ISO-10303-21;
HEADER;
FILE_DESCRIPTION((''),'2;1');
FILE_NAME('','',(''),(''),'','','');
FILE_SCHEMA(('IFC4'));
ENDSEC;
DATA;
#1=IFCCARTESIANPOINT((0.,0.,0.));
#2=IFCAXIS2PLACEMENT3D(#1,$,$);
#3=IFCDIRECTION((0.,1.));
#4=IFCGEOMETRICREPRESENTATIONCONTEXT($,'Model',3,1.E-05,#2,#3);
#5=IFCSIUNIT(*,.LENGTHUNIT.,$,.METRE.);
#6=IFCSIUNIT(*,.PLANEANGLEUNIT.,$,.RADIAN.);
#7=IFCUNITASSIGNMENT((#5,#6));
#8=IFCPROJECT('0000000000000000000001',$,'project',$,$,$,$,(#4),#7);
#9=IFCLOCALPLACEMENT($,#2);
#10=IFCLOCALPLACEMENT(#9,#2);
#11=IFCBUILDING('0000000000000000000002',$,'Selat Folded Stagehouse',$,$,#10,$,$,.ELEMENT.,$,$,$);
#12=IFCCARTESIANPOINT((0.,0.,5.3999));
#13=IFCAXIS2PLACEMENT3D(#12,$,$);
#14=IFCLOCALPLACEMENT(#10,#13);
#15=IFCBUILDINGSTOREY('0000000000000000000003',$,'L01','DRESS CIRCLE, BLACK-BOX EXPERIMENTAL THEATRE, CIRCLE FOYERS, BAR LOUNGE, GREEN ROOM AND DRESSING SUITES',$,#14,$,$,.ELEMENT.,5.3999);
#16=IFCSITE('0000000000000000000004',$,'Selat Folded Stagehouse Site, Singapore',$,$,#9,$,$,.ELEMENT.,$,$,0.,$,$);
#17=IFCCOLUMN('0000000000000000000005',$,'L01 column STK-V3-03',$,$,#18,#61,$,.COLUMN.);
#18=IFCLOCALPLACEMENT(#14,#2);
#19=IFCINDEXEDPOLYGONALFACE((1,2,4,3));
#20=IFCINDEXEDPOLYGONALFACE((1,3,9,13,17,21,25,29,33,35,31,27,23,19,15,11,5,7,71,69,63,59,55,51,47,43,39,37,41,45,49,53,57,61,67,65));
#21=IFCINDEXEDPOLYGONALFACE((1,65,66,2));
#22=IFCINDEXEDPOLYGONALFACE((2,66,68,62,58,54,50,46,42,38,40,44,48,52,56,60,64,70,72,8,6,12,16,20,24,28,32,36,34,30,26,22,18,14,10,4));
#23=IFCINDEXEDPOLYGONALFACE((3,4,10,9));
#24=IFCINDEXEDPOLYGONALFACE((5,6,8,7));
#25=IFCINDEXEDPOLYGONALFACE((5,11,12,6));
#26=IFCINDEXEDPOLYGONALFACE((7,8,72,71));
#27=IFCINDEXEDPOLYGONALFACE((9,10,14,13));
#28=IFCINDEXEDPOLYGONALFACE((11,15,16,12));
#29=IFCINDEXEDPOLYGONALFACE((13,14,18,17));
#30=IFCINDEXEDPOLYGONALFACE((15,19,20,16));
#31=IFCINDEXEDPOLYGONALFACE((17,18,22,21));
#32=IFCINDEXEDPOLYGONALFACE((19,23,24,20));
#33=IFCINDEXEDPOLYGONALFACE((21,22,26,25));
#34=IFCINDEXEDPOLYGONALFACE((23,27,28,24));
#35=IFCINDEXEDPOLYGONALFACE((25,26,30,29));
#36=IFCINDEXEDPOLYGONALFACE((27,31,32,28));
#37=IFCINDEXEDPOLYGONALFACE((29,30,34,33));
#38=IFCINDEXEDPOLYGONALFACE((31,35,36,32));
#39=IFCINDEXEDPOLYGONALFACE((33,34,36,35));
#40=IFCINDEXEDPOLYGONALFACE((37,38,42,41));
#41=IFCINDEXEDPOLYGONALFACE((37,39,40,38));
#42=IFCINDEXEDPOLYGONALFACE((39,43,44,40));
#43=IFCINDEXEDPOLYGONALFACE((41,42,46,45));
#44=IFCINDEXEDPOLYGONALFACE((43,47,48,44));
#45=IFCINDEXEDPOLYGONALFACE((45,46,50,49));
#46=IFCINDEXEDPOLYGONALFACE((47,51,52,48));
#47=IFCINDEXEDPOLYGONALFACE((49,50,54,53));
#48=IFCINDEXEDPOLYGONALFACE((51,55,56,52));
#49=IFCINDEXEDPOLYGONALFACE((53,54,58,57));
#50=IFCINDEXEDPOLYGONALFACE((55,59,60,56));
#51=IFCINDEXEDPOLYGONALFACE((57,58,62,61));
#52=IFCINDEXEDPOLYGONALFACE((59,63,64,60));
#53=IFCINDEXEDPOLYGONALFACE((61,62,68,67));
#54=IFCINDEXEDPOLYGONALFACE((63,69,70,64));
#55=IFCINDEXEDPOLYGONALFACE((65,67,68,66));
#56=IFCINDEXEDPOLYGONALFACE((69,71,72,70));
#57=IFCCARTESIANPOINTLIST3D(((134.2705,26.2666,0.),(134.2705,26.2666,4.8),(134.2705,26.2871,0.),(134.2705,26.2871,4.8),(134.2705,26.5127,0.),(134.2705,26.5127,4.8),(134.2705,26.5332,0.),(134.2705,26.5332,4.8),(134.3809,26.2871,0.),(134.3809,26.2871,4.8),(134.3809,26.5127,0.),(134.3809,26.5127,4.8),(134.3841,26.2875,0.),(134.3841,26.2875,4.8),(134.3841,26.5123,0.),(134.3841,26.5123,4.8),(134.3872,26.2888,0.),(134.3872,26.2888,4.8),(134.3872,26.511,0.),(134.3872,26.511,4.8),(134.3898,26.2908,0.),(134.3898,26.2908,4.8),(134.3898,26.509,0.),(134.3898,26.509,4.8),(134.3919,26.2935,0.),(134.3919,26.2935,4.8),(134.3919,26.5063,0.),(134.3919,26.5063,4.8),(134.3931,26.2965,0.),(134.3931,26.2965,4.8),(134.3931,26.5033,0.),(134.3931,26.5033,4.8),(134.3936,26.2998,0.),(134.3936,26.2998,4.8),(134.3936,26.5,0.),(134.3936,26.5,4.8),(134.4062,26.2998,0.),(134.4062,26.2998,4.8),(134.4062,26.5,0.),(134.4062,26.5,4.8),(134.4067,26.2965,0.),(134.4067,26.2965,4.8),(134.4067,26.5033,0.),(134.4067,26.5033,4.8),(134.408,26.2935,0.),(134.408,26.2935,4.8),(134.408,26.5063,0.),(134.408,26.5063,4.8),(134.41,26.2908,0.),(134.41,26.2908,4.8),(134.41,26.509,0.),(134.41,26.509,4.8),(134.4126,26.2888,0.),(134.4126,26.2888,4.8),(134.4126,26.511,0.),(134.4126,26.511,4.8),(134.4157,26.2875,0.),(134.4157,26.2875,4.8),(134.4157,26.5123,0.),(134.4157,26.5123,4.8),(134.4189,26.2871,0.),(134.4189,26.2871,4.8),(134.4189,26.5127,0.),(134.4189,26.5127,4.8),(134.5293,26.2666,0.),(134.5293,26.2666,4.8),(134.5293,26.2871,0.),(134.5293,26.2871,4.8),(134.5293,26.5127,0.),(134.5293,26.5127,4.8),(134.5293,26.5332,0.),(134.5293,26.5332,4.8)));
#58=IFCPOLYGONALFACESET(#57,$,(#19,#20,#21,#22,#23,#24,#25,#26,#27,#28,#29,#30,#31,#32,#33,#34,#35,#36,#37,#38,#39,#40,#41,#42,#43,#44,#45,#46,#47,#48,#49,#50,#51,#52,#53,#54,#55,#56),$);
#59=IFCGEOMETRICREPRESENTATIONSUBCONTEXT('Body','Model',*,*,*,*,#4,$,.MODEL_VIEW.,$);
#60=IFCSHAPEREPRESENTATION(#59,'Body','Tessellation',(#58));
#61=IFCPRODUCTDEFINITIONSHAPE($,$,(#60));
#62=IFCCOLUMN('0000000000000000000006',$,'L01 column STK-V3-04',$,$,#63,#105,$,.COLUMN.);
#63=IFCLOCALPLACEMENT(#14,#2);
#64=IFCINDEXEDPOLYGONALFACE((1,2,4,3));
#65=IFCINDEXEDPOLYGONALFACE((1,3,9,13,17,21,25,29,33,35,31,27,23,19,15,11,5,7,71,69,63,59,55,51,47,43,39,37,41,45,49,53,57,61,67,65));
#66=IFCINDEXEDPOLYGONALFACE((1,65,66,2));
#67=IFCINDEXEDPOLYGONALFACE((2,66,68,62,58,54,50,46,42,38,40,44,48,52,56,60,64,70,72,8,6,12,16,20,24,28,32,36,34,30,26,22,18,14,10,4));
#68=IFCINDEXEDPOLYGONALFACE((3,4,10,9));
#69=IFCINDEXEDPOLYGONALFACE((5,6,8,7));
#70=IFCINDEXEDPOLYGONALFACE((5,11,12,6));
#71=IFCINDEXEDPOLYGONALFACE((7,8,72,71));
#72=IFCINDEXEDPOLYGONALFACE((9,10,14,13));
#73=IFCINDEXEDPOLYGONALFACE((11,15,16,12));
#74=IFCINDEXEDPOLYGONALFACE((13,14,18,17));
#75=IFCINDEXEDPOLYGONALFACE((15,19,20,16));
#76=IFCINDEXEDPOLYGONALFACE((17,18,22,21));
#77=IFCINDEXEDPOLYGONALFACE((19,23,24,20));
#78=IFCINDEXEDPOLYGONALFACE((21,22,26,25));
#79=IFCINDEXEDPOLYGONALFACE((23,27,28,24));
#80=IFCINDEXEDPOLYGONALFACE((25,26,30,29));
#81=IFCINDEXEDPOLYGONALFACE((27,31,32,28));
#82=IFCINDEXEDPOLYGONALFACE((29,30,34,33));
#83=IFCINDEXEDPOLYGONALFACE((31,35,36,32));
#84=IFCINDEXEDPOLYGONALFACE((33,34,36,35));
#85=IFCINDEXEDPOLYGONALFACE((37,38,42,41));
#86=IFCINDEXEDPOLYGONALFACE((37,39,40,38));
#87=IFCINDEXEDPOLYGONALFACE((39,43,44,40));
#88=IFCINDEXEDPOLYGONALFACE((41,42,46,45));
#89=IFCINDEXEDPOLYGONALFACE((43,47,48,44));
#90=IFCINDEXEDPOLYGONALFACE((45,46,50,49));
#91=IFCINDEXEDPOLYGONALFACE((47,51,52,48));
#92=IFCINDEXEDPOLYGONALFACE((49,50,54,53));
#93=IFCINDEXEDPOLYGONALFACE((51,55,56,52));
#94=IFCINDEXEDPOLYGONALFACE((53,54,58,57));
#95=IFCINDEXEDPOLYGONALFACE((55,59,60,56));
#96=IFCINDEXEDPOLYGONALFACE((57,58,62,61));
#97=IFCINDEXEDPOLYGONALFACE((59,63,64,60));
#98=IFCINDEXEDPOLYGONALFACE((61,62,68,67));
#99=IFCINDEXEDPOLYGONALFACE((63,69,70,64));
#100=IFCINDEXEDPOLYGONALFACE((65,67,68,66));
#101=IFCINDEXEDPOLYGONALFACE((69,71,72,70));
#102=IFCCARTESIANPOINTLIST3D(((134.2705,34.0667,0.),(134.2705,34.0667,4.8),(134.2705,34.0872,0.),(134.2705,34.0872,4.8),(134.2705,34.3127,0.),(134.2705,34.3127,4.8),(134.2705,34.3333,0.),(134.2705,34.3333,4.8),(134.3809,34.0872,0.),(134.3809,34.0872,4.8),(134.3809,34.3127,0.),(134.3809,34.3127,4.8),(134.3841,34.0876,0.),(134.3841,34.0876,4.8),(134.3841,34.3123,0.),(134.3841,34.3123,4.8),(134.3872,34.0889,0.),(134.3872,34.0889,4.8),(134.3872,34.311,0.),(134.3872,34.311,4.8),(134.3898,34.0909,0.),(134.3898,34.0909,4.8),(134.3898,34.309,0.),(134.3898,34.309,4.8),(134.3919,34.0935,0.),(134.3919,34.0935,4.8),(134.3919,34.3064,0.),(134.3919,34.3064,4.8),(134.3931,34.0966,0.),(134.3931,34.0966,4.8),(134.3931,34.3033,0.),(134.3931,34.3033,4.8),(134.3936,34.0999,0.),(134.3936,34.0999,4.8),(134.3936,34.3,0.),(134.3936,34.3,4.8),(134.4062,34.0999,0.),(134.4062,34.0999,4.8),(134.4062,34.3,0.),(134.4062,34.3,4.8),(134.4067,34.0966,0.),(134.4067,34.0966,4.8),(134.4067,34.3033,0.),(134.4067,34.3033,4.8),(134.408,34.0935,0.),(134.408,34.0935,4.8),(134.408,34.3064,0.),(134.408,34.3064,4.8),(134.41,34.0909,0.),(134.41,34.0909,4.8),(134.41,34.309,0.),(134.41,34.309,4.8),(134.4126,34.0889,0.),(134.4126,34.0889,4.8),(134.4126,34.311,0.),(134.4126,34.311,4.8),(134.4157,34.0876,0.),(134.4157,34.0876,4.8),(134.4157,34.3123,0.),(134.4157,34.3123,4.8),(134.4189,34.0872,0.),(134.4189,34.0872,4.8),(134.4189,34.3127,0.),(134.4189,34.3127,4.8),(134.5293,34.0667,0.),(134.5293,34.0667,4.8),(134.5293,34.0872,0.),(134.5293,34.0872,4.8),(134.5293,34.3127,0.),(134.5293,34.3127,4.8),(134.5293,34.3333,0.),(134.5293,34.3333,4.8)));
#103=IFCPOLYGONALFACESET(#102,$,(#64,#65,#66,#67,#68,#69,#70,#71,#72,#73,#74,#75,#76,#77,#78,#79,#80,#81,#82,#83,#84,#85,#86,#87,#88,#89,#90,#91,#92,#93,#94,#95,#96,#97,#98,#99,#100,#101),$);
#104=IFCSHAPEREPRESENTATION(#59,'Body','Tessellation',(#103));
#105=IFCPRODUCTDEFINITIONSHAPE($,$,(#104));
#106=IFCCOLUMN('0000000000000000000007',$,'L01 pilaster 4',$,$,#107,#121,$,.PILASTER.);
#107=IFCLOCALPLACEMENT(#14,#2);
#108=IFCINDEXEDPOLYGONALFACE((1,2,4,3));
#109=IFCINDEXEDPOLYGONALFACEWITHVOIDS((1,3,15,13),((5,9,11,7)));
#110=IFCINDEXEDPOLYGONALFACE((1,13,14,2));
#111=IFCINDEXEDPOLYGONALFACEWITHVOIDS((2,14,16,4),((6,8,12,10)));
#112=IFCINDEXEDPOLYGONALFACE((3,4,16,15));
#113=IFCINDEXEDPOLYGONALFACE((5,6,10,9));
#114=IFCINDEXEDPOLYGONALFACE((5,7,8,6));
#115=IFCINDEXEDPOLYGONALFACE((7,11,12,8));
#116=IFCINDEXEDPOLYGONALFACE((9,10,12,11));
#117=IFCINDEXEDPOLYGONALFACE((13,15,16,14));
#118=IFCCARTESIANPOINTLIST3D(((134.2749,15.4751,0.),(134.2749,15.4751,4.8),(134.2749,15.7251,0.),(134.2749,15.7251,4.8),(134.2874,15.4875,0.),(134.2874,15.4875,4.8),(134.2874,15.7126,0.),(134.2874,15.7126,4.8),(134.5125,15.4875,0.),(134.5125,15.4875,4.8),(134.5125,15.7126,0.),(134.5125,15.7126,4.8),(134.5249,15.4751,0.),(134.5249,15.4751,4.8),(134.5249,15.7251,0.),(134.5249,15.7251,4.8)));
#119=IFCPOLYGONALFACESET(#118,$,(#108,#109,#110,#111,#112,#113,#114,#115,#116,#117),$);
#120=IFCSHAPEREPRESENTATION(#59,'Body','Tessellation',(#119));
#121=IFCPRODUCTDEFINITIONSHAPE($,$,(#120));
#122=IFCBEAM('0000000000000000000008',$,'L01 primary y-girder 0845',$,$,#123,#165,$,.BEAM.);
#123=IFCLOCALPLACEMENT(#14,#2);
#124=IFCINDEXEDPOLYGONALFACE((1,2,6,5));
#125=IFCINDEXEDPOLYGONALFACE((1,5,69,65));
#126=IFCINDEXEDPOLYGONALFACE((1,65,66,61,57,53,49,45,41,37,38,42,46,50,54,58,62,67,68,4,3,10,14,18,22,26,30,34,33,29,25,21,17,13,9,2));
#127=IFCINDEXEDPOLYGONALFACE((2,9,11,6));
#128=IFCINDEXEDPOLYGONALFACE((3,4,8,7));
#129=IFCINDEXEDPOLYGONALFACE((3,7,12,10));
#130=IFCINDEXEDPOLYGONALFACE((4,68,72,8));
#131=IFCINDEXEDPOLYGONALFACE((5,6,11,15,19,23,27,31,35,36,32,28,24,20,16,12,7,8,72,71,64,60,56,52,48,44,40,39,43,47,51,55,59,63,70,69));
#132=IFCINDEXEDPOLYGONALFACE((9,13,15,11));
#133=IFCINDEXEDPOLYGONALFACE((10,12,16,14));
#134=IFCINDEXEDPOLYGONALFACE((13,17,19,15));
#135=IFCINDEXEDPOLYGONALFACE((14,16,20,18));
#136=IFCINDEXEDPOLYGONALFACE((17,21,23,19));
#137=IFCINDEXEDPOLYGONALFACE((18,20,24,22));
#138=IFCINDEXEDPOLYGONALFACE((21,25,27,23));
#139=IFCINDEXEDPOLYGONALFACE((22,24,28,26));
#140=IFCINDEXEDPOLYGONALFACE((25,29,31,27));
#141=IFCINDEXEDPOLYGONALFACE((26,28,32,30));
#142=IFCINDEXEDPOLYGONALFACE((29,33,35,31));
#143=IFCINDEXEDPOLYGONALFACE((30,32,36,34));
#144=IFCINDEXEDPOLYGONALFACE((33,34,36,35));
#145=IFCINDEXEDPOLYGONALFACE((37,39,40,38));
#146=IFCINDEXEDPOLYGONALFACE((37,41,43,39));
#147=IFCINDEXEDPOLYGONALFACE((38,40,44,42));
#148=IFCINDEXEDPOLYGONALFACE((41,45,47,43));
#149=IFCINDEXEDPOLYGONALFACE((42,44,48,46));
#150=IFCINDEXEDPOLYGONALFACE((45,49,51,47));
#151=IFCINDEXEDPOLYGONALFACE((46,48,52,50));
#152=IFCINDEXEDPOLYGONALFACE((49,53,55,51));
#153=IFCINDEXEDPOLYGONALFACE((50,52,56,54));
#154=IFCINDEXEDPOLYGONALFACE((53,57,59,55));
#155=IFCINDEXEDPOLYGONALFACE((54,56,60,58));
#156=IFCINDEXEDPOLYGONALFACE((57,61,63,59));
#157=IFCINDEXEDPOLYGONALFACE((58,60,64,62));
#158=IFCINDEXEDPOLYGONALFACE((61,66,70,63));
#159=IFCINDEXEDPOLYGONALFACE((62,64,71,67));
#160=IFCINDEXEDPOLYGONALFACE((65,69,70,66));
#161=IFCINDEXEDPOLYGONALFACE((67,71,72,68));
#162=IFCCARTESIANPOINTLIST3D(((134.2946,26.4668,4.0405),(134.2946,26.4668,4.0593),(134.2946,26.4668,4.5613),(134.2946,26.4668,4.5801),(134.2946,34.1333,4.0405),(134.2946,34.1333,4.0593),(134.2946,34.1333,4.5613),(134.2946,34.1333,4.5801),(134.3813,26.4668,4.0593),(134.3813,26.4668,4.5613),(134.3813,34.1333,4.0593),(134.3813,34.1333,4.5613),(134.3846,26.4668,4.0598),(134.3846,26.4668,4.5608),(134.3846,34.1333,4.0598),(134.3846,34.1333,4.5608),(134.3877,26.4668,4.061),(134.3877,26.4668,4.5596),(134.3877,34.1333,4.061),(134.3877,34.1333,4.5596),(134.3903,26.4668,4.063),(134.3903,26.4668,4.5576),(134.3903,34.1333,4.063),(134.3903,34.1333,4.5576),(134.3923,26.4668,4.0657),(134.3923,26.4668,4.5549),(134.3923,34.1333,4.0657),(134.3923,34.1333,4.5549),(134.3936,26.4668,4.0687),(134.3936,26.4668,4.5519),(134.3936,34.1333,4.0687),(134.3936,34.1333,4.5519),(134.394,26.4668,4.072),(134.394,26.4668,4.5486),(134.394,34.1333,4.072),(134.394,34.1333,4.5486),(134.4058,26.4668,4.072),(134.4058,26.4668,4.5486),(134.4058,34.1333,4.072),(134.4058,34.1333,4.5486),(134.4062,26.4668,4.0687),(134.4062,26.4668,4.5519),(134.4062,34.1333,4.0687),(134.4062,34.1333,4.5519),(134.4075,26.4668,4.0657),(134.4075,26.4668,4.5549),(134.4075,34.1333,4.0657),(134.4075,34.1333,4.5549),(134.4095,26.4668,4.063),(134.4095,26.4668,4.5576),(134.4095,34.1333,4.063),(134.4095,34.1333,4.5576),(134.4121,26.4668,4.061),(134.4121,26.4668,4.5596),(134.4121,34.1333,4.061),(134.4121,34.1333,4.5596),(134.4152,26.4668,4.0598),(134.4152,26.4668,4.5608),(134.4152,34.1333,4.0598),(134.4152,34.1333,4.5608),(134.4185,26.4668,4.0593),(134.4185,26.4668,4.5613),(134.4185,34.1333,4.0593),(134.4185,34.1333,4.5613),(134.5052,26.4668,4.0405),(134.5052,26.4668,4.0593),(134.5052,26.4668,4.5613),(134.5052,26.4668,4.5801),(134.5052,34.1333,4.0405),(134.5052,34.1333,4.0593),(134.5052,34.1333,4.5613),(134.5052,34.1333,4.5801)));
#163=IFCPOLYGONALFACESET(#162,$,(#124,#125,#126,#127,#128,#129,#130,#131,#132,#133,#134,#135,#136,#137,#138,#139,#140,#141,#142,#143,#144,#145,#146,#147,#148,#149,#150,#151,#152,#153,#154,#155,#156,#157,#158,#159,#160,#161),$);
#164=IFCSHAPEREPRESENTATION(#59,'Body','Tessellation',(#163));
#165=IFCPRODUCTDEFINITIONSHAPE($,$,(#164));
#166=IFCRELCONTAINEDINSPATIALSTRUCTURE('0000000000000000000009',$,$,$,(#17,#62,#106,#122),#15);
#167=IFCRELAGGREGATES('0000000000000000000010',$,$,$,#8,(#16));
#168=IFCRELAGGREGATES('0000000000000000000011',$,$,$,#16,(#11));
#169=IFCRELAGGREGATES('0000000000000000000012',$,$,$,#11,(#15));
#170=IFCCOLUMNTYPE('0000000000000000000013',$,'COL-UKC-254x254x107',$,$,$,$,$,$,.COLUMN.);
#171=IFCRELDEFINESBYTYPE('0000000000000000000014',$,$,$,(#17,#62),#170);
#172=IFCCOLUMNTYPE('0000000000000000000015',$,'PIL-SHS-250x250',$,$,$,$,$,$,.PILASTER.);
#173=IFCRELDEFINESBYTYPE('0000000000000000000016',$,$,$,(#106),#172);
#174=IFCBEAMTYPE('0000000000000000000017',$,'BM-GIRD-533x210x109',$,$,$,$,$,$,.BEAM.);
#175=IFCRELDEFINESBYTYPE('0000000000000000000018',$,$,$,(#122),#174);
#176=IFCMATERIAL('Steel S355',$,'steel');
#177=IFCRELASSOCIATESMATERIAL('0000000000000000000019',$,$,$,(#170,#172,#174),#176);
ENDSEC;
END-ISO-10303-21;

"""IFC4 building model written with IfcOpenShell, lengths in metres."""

from ifc_helpers import new_model, si_unit, direction, frame, origin, origin_2d, place, context, subcontext, project, spatial, hollow_rectangle, i_section, extrude, material, material_profile, profile_set, type_object, element, save


model = new_model("IFC4")

# Units and contexts
model_context = context("Model", 3, precision=1e-05, world=origin(), true_north=direction((0.0, 1.0)))
body_context = subcontext(model_context, "Body", "Model", "MODEL_VIEW")
ifc_project = project(units=[si_unit("LENGTHUNIT", "METRE"), si_unit("PLANEANGLEUNIT", "RADIAN")], contexts=[model_context])

# Site, building, storey
site_placement = place(None, origin())
site = spatial("IfcSite", under=ifc_project, at=site_placement, Name="Selat Folded Stagehouse Site, Singapore", CompositionType="ELEMENT", RefElevation=0.0)
building_placement = place(site_placement, origin())
building = spatial("IfcBuilding", under=site, at=building_placement, Name="Selat Folded Stagehouse", CompositionType="ELEMENT")
storey_placement = place(building_placement, frame((0.0, 0.0, 5.3999)))
storey = spatial("IfcBuildingStorey", under=building, at=storey_placement, Name="L01", Description="DRESS CIRCLE, BLACK-BOX EXPERIMENTAL THEATRE, CIRCLE FOYERS, BAR LOUNGE, GREEN ROOM AND DRESSING SUITES", CompositionType="ELEMENT", Elevation=5.3999)

# Columns
ifc_material_1 = material(Name="Steel S355", Category="steel")
ifc_material_profile_1 = material_profile(ifc_material_1, i_section(OverallWidth=0.2588, OverallDepth=0.2666, WebThickness=0.0127, FlangeThickness=0.0205, FilletRadius=0.0127, at=origin_2d()), Name="UKC 254x254x107")
ifc_profile_set_1 = profile_set([ifc_material_profile_1], Name="Steel S355")
column_type_1 = type_object("IfcColumnType", Name="COL-UKC-254x254x107", PredefinedType="COLUMN", material=ifc_profile_set_1)
for number, where, z_axis, x_axis, name in (
    (1, (134.3999, 26.3999, 0.0), (0.0, 0.0, 1.0), (1.0, 0.0, 0.0), "L01 column STK-V3-03"),
    (2, (134.3999, 34.2, 0.0), (0.0, 0.0, 1.0), (1.0, 0.0, 0.0), "L01 column STK-V3-04"),
):
    element("IfcColumn", number, at=place(storey_placement, frame(where, z_axis=z_axis, x_axis=x_axis)), inside=storey, type_object=column_type_1, Name=name, PredefinedType="COLUMN", context=body_context, shape_type="SweptSolid", body=[
        extrude(i_section(OverallWidth=0.2588, OverallDepth=0.2666, WebThickness=0.0127, FlangeThickness=0.0205, FilletRadius=0.0127, at=origin_2d()), origin(), (0.0, 0.0, 1.0), 4.8),
    ])
ifc_material_profile_2 = material_profile(ifc_material_1, hollow_rectangle(XDim=0.25, YDim=0.25, WallThickness=0.0125, at=origin_2d()), Name="SHS 250x250x12.5")
ifc_profile_set_2 = profile_set([ifc_material_profile_2], Name="Steel S355")
column_type_2 = type_object("IfcColumnType", Name="PIL-SHS-250x250", PredefinedType="PILASTER", material=ifc_profile_set_2)
column_placement = place(storey_placement, frame((134.3999, 15.6001, 0.0), z_axis=(0.0, 0.0, 1.0), x_axis=(1.0, 0.0, 0.0)))
element("IfcColumn", 3, at=column_placement, inside=storey, type_object=column_type_2, Name="L01 pilaster 4", PredefinedType="PILASTER", context=body_context, shape_type="SweptSolid", body=[
    extrude(hollow_rectangle(XDim=0.25, YDim=0.25, WallThickness=0.0125, at=origin_2d()), origin(), (0.0, 0.0, 1.0), 4.8),
])

# Beam
ifc_material_profile_3 = material_profile(ifc_material_1, i_section(OverallWidth=0.2107, OverallDepth=0.5396, WebThickness=0.0117, FlangeThickness=0.0188, FilletRadius=0.0127, at=origin_2d()), Name="UKB 533x210x109")
ifc_profile_set_3 = profile_set([ifc_material_profile_3], Name="Steel S355")
beam_type_1 = type_object("IfcBeamType", Name="BM-GIRD-533x210x109", PredefinedType="BEAM", material=ifc_profile_set_3)
beam_1_placement = place(storey_placement, frame((134.3999, 26.4668, 4.3103), z_axis=(0.0, 1.0, 0.0), x_axis=(-1.0, 0.0, 0.0)))
element("IfcBeam", 4, at=beam_1_placement, inside=storey, type_object=beam_type_1, Name="L01 primary y-girder 0845", PredefinedType="BEAM", context=body_context, shape_type="SweptSolid", body=[
    extrude(i_section(OverallWidth=0.2107, OverallDepth=0.5396, WebThickness=0.0117, FlangeThickness=0.0188, FilletRadius=0.0127, at=origin_2d()), origin(), (0.0, 0.0, 1.0), 7.6665),
])

save(model, "model.ifc")
